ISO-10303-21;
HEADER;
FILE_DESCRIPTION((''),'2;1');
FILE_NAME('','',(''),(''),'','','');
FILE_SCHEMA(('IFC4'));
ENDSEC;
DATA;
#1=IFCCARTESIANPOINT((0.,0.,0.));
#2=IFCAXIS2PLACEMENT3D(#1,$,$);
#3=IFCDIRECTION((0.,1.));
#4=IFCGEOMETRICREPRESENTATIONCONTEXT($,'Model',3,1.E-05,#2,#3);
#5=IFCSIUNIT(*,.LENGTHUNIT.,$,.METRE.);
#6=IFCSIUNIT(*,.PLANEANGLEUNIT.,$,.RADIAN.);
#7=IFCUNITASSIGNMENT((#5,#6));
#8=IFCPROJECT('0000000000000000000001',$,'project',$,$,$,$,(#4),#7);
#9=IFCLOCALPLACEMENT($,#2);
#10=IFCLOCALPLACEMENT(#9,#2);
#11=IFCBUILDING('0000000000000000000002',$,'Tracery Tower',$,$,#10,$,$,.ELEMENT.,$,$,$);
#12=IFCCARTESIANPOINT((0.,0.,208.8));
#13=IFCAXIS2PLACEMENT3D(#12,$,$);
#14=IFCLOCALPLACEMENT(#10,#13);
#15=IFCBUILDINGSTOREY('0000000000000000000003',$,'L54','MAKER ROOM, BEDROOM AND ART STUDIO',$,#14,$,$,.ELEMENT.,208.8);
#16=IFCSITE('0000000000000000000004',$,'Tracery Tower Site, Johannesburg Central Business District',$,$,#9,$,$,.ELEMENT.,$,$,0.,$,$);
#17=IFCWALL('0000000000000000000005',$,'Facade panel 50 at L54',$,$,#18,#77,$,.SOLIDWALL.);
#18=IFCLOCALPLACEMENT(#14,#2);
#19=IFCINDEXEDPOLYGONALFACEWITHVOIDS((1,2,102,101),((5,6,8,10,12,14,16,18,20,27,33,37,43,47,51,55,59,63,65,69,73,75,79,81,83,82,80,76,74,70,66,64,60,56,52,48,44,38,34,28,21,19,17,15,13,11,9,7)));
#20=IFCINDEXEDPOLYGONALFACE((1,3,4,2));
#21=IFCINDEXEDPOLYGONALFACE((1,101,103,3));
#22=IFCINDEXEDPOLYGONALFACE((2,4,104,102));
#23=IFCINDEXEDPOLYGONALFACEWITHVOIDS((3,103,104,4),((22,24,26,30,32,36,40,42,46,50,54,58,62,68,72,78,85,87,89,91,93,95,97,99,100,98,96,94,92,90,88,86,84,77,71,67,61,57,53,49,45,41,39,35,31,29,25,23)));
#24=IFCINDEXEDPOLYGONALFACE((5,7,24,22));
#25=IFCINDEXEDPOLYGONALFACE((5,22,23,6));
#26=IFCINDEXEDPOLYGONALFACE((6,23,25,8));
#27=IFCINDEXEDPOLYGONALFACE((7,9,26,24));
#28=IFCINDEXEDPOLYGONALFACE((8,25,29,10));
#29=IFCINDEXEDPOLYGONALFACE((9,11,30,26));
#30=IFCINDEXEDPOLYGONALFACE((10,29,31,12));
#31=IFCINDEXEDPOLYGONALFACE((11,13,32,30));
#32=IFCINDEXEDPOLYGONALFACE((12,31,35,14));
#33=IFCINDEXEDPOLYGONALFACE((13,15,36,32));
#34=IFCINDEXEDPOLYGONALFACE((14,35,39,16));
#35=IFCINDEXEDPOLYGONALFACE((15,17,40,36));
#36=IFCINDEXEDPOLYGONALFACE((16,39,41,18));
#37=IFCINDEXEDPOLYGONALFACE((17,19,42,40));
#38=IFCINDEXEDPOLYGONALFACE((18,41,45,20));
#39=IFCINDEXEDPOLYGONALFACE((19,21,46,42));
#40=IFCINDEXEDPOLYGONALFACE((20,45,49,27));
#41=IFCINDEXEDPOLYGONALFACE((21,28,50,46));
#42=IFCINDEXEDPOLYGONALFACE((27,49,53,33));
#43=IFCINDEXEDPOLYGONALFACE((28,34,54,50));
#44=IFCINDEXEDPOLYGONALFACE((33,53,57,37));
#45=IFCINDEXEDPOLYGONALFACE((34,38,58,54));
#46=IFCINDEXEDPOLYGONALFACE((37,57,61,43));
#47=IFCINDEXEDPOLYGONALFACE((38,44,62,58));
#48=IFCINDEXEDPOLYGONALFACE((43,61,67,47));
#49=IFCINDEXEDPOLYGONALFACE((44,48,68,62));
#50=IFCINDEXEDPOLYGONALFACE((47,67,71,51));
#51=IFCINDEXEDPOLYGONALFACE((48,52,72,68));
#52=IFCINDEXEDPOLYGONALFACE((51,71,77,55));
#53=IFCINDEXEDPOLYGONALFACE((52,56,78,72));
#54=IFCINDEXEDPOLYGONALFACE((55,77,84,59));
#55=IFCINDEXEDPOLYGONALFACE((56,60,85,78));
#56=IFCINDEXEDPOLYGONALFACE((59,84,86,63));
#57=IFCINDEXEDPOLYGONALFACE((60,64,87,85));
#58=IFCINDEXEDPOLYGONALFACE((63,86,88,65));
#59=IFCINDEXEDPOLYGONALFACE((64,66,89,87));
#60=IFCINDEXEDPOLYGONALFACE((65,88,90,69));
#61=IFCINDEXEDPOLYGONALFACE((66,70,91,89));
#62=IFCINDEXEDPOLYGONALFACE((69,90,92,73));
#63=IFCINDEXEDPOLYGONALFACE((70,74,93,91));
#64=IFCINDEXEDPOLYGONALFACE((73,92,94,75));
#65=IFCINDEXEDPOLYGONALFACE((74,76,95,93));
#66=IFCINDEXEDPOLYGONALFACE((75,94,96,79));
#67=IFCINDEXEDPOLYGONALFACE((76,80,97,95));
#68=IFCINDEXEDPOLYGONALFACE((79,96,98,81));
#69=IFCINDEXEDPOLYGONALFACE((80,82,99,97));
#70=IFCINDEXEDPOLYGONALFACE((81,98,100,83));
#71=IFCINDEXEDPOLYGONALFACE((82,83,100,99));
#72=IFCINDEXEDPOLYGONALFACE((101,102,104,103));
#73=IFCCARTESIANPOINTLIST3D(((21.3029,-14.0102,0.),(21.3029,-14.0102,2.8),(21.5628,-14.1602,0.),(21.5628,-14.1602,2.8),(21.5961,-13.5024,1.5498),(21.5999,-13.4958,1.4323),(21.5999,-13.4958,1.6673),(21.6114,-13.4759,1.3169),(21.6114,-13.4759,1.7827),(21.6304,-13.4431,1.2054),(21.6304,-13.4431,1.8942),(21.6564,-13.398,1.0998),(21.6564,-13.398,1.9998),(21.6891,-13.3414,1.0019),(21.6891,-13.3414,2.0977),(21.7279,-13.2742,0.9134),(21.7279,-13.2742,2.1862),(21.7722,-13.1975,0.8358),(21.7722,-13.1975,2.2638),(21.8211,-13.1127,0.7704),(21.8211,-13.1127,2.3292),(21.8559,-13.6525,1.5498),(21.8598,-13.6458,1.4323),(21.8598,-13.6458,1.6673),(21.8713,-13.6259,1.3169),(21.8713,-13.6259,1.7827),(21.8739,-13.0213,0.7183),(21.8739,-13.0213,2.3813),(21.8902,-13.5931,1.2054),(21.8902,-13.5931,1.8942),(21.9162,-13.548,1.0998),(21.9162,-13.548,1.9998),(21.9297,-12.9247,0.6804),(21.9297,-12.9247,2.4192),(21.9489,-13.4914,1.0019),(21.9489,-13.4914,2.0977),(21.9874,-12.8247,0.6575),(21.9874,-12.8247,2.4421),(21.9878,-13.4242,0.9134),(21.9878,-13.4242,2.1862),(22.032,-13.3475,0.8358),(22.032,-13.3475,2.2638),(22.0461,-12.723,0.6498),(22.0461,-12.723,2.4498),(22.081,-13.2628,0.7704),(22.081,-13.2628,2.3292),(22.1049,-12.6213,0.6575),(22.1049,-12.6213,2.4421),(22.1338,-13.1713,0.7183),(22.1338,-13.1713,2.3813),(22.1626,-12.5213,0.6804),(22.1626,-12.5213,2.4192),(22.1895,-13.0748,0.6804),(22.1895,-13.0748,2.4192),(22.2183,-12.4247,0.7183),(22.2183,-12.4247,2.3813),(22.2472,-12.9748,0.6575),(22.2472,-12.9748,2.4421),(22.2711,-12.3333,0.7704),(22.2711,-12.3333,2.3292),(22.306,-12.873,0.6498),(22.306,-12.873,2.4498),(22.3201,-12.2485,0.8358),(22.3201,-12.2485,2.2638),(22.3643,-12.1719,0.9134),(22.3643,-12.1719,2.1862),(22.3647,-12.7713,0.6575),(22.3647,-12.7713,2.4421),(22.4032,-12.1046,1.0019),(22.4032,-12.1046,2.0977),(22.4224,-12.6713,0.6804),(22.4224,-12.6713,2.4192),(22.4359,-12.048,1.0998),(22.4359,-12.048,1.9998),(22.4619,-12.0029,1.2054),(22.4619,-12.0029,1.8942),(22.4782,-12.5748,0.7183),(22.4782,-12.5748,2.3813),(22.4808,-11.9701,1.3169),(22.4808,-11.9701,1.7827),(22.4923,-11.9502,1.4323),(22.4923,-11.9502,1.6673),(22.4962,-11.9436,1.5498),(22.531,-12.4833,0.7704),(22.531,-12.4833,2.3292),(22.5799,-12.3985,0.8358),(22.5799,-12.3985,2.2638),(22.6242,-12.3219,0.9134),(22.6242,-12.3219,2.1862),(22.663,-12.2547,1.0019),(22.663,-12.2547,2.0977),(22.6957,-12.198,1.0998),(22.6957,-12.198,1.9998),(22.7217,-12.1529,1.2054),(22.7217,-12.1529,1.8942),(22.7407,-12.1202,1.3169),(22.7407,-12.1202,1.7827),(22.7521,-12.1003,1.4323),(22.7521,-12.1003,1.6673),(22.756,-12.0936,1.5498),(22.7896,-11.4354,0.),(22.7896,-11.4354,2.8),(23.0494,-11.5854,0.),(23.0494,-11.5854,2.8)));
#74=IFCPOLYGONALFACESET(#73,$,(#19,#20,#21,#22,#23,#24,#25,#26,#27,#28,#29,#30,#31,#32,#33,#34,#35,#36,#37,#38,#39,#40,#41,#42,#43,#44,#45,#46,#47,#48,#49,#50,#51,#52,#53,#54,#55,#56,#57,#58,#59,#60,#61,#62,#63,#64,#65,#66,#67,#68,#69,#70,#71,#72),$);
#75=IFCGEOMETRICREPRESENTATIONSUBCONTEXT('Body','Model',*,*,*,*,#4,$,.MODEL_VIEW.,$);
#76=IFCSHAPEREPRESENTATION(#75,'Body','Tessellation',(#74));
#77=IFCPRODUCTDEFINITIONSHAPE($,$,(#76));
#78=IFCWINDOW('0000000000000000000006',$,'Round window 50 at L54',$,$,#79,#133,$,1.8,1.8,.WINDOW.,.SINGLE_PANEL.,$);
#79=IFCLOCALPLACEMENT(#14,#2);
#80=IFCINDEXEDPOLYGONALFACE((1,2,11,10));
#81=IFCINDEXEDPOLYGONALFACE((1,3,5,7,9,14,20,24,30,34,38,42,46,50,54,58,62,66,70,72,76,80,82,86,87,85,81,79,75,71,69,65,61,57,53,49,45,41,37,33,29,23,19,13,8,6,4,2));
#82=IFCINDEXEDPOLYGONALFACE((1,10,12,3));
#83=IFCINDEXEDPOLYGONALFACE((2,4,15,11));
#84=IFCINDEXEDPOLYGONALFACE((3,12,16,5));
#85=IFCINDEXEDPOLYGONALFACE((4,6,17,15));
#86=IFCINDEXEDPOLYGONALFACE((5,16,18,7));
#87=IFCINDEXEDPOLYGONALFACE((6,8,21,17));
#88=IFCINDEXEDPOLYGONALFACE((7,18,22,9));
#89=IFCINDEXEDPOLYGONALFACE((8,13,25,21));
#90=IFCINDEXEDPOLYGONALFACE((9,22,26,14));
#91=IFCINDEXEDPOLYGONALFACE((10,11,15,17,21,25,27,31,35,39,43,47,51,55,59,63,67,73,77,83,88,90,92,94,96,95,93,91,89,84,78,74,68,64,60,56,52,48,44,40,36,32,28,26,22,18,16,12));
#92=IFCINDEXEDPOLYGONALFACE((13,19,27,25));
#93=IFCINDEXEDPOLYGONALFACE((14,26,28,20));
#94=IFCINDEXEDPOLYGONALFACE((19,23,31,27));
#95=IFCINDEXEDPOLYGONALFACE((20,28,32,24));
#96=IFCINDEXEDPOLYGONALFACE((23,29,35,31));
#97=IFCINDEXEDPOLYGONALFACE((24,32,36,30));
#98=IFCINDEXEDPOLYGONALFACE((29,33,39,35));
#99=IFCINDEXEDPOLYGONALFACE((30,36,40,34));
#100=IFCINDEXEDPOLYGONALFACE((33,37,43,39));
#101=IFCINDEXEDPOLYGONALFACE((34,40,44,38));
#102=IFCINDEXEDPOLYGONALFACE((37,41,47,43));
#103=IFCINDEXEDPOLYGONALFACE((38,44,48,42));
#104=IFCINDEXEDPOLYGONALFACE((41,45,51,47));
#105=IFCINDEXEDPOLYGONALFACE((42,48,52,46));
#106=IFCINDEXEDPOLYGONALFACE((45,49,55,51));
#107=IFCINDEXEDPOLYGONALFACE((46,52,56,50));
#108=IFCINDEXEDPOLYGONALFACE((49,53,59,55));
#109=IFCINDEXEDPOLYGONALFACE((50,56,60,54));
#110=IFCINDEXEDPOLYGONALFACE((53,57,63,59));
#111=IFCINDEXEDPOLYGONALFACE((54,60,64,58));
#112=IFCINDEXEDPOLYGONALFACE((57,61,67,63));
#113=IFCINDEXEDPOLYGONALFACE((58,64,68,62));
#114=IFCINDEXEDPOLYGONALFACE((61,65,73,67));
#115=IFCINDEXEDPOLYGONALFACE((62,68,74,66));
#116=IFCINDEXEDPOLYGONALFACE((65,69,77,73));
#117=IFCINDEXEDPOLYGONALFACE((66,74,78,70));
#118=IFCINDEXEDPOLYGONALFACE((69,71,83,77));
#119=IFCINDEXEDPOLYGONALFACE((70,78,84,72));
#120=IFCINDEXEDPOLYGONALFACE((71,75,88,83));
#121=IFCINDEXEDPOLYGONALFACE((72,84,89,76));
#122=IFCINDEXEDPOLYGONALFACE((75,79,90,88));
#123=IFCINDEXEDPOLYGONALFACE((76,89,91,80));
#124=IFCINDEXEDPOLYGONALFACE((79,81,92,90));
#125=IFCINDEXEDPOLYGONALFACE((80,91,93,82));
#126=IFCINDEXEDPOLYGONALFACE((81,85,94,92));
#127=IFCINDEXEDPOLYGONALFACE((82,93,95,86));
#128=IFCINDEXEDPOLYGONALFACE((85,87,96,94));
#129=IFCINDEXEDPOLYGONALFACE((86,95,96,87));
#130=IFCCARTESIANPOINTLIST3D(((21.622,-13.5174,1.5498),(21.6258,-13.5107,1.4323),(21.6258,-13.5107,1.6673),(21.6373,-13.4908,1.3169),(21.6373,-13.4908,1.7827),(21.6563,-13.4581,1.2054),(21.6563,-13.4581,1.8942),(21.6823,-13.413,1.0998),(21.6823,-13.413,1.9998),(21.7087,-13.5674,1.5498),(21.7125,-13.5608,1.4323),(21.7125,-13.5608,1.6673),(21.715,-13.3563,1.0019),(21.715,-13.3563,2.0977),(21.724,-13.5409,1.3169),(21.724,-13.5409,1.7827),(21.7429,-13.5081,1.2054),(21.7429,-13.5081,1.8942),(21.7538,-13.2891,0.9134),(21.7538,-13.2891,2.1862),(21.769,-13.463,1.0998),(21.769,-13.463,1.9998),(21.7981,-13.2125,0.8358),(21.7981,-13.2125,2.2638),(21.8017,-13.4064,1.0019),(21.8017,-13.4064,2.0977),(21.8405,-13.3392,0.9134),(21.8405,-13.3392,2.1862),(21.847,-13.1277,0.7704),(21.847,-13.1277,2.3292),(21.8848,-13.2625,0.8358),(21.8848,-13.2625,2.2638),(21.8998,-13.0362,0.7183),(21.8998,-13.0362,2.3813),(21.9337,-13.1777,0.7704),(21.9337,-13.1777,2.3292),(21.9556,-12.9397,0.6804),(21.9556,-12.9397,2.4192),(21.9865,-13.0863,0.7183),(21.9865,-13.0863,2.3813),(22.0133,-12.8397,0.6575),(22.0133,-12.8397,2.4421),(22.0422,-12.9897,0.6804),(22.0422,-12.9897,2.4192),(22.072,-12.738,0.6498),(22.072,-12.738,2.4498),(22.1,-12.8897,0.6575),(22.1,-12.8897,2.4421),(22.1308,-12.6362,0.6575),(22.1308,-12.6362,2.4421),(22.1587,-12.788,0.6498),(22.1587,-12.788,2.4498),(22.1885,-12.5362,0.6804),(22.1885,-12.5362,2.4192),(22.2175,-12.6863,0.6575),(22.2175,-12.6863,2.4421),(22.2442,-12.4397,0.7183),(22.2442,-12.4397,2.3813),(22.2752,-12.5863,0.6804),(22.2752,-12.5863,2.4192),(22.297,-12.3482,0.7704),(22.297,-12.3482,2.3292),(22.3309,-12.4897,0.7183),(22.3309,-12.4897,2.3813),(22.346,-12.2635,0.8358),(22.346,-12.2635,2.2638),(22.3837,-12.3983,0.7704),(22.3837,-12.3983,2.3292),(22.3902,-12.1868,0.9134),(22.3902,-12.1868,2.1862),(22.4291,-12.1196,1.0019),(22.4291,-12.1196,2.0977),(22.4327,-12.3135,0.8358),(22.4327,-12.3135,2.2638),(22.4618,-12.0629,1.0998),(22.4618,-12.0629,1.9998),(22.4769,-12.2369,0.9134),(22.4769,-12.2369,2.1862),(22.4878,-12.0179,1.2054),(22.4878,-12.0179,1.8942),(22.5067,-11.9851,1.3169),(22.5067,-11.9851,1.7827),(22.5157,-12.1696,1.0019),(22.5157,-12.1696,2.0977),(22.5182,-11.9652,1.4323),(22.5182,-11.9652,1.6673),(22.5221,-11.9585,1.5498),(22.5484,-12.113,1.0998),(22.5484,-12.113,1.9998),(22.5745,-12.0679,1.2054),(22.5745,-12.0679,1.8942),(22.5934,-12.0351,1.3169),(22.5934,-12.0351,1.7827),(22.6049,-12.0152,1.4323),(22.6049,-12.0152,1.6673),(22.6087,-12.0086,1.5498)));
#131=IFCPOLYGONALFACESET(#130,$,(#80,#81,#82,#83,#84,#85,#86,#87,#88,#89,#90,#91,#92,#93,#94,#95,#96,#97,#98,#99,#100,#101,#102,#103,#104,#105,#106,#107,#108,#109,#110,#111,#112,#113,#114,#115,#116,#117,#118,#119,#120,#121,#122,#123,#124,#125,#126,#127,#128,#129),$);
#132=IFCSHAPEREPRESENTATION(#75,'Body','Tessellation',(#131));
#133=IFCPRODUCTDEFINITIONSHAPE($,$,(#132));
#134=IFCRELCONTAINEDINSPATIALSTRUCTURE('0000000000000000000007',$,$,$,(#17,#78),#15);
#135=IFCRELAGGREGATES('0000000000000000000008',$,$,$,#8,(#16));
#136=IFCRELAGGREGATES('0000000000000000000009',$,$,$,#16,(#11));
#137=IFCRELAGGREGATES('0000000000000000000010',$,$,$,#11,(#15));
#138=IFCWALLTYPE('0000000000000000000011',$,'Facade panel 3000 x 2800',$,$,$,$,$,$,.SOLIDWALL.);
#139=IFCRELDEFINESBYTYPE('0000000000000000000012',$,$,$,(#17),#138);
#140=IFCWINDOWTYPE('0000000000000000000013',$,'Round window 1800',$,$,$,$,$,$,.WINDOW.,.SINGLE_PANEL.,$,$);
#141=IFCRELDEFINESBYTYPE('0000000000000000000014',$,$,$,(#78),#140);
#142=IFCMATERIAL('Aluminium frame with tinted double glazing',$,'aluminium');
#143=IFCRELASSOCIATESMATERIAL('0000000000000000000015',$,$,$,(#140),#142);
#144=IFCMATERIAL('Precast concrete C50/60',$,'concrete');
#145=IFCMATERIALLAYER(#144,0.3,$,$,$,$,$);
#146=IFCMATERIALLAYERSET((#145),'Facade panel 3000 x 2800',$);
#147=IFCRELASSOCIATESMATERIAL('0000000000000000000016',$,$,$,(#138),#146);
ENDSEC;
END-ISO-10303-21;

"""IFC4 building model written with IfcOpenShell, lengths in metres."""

from ifc_helpers import new_model, si_unit, direction, frame, frame_2d, origin, origin_2d, place, context, subcontext, project, spatial, rectangle, circle, extrude, material, layer, layer_set, type_object, element, fill, save


model = new_model("IFC4")

# Units and contexts
model_context = context("Model", 3, precision=1e-05, world=origin(), true_north=direction((0.0, 1.0)))
body_context = subcontext(model_context, "Body", "Model", "MODEL_VIEW")
ifc_project = project(units=[si_unit("LENGTHUNIT", "METRE"), si_unit("PLANEANGLEUNIT", "RADIAN")], contexts=[model_context])

# Site, building, storey
site_placement = place(None, origin())
site = spatial("IfcSite", under=ifc_project, at=site_placement, Name="Tracery Tower Site, Johannesburg Central Business District", CompositionType="ELEMENT", RefElevation=0.0)
building_placement = place(site_placement, origin())
building = spatial("IfcBuilding", under=site, at=building_placement, Name="Tracery Tower", CompositionType="ELEMENT")
storey_placement = place(building_placement, frame((0.0, 0.0, 208.8)))
storey = spatial("IfcBuildingStorey", under=building, at=storey_placement, Name="L54", Description="MAKER ROOM, BEDROOM AND ART STUDIO", CompositionType="ELEMENT", Elevation=208.8)

# Wall, opening, window
ifc_material_1 = material(Name="Aluminium frame with tinted double glazing", Category="aluminium")
window_type = type_object("IfcWindowType", Name="Round window 1800", PartitioningType="SINGLE_PANEL", PredefinedType="WINDOW", material=ifc_material_1)
ifc_material_2 = material(Name="Precast concrete C50/60", Category="concrete")
ifc_layer_1 = layer(ifc_material_2, 0.3)
ifc_layer_set_1 = layer_set([ifc_layer_1], Name="Facade panel 3000 x 2800")
wall_type_1 = type_object("IfcWallType", Name="Facade panel 3000 x 2800", PredefinedType="SOLIDWALL", material=ifc_layer_set_1)
wall_1_placement = place(storey_placement, frame((21.4329, -14.0852, 0.0), z_axis=(0.0, 0.0, 1.0), x_axis=(0.500016, 0.866016, 0.0)))
wall_1 = element("IfcWall", 1, at=wall_1_placement, inside=storey, type_object=wall_type_1, Name="Facade panel 50 at L54", PredefinedType="SOLIDWALL", context=body_context, shape_type="SweptSolid", body=[
    extrude(rectangle(XDim=2.9731, YDim=0.3, at=frame_2d((1.4866, 0.0))), origin(), (0.0, 0.0, 1.0), 2.8),
])
opening_1_placement = place(wall_1_placement, frame((1.4863, 0.0, 1.5498)))
opening_1 = element("IfcOpeningElement", 2, at=opening_1_placement, cuts=wall_1, PredefinedType="OPENING", context=body_context, shape_type="SweptSolid", body=[
    extrude(circle(Radius=0.9, at=origin_2d()), frame((0.0, 0.1599, 0.0), z_axis=(0.0, -1.0, 0.0), x_axis=(1.0, 0.0, 0.0)), (0.0, 0.0, 1.0), 0.3201),
])
window_1_placement = place(opening_1_placement, origin())
window_1 = element("IfcWindow", 3, at=window_1_placement, inside=storey, type_object=window_type, Name="Round window 50 at L54", OverallHeight=1.8, OverallWidth=1.8, PartitioningType="SINGLE_PANEL", PredefinedType="WINDOW", context=body_context, shape_type="SweptSolid", body=[
    extrude(circle(Radius=0.9, at=origin_2d()), frame((0.0, 0.1201, 0.0), z_axis=(0.0, -1.0, 0.0), x_axis=(1.0, 0.0, 0.0)), (0.0, 0.0, 1.0), 0.1001),
])
fill(opening_1, window_1)

save(model, "model.ifc")
